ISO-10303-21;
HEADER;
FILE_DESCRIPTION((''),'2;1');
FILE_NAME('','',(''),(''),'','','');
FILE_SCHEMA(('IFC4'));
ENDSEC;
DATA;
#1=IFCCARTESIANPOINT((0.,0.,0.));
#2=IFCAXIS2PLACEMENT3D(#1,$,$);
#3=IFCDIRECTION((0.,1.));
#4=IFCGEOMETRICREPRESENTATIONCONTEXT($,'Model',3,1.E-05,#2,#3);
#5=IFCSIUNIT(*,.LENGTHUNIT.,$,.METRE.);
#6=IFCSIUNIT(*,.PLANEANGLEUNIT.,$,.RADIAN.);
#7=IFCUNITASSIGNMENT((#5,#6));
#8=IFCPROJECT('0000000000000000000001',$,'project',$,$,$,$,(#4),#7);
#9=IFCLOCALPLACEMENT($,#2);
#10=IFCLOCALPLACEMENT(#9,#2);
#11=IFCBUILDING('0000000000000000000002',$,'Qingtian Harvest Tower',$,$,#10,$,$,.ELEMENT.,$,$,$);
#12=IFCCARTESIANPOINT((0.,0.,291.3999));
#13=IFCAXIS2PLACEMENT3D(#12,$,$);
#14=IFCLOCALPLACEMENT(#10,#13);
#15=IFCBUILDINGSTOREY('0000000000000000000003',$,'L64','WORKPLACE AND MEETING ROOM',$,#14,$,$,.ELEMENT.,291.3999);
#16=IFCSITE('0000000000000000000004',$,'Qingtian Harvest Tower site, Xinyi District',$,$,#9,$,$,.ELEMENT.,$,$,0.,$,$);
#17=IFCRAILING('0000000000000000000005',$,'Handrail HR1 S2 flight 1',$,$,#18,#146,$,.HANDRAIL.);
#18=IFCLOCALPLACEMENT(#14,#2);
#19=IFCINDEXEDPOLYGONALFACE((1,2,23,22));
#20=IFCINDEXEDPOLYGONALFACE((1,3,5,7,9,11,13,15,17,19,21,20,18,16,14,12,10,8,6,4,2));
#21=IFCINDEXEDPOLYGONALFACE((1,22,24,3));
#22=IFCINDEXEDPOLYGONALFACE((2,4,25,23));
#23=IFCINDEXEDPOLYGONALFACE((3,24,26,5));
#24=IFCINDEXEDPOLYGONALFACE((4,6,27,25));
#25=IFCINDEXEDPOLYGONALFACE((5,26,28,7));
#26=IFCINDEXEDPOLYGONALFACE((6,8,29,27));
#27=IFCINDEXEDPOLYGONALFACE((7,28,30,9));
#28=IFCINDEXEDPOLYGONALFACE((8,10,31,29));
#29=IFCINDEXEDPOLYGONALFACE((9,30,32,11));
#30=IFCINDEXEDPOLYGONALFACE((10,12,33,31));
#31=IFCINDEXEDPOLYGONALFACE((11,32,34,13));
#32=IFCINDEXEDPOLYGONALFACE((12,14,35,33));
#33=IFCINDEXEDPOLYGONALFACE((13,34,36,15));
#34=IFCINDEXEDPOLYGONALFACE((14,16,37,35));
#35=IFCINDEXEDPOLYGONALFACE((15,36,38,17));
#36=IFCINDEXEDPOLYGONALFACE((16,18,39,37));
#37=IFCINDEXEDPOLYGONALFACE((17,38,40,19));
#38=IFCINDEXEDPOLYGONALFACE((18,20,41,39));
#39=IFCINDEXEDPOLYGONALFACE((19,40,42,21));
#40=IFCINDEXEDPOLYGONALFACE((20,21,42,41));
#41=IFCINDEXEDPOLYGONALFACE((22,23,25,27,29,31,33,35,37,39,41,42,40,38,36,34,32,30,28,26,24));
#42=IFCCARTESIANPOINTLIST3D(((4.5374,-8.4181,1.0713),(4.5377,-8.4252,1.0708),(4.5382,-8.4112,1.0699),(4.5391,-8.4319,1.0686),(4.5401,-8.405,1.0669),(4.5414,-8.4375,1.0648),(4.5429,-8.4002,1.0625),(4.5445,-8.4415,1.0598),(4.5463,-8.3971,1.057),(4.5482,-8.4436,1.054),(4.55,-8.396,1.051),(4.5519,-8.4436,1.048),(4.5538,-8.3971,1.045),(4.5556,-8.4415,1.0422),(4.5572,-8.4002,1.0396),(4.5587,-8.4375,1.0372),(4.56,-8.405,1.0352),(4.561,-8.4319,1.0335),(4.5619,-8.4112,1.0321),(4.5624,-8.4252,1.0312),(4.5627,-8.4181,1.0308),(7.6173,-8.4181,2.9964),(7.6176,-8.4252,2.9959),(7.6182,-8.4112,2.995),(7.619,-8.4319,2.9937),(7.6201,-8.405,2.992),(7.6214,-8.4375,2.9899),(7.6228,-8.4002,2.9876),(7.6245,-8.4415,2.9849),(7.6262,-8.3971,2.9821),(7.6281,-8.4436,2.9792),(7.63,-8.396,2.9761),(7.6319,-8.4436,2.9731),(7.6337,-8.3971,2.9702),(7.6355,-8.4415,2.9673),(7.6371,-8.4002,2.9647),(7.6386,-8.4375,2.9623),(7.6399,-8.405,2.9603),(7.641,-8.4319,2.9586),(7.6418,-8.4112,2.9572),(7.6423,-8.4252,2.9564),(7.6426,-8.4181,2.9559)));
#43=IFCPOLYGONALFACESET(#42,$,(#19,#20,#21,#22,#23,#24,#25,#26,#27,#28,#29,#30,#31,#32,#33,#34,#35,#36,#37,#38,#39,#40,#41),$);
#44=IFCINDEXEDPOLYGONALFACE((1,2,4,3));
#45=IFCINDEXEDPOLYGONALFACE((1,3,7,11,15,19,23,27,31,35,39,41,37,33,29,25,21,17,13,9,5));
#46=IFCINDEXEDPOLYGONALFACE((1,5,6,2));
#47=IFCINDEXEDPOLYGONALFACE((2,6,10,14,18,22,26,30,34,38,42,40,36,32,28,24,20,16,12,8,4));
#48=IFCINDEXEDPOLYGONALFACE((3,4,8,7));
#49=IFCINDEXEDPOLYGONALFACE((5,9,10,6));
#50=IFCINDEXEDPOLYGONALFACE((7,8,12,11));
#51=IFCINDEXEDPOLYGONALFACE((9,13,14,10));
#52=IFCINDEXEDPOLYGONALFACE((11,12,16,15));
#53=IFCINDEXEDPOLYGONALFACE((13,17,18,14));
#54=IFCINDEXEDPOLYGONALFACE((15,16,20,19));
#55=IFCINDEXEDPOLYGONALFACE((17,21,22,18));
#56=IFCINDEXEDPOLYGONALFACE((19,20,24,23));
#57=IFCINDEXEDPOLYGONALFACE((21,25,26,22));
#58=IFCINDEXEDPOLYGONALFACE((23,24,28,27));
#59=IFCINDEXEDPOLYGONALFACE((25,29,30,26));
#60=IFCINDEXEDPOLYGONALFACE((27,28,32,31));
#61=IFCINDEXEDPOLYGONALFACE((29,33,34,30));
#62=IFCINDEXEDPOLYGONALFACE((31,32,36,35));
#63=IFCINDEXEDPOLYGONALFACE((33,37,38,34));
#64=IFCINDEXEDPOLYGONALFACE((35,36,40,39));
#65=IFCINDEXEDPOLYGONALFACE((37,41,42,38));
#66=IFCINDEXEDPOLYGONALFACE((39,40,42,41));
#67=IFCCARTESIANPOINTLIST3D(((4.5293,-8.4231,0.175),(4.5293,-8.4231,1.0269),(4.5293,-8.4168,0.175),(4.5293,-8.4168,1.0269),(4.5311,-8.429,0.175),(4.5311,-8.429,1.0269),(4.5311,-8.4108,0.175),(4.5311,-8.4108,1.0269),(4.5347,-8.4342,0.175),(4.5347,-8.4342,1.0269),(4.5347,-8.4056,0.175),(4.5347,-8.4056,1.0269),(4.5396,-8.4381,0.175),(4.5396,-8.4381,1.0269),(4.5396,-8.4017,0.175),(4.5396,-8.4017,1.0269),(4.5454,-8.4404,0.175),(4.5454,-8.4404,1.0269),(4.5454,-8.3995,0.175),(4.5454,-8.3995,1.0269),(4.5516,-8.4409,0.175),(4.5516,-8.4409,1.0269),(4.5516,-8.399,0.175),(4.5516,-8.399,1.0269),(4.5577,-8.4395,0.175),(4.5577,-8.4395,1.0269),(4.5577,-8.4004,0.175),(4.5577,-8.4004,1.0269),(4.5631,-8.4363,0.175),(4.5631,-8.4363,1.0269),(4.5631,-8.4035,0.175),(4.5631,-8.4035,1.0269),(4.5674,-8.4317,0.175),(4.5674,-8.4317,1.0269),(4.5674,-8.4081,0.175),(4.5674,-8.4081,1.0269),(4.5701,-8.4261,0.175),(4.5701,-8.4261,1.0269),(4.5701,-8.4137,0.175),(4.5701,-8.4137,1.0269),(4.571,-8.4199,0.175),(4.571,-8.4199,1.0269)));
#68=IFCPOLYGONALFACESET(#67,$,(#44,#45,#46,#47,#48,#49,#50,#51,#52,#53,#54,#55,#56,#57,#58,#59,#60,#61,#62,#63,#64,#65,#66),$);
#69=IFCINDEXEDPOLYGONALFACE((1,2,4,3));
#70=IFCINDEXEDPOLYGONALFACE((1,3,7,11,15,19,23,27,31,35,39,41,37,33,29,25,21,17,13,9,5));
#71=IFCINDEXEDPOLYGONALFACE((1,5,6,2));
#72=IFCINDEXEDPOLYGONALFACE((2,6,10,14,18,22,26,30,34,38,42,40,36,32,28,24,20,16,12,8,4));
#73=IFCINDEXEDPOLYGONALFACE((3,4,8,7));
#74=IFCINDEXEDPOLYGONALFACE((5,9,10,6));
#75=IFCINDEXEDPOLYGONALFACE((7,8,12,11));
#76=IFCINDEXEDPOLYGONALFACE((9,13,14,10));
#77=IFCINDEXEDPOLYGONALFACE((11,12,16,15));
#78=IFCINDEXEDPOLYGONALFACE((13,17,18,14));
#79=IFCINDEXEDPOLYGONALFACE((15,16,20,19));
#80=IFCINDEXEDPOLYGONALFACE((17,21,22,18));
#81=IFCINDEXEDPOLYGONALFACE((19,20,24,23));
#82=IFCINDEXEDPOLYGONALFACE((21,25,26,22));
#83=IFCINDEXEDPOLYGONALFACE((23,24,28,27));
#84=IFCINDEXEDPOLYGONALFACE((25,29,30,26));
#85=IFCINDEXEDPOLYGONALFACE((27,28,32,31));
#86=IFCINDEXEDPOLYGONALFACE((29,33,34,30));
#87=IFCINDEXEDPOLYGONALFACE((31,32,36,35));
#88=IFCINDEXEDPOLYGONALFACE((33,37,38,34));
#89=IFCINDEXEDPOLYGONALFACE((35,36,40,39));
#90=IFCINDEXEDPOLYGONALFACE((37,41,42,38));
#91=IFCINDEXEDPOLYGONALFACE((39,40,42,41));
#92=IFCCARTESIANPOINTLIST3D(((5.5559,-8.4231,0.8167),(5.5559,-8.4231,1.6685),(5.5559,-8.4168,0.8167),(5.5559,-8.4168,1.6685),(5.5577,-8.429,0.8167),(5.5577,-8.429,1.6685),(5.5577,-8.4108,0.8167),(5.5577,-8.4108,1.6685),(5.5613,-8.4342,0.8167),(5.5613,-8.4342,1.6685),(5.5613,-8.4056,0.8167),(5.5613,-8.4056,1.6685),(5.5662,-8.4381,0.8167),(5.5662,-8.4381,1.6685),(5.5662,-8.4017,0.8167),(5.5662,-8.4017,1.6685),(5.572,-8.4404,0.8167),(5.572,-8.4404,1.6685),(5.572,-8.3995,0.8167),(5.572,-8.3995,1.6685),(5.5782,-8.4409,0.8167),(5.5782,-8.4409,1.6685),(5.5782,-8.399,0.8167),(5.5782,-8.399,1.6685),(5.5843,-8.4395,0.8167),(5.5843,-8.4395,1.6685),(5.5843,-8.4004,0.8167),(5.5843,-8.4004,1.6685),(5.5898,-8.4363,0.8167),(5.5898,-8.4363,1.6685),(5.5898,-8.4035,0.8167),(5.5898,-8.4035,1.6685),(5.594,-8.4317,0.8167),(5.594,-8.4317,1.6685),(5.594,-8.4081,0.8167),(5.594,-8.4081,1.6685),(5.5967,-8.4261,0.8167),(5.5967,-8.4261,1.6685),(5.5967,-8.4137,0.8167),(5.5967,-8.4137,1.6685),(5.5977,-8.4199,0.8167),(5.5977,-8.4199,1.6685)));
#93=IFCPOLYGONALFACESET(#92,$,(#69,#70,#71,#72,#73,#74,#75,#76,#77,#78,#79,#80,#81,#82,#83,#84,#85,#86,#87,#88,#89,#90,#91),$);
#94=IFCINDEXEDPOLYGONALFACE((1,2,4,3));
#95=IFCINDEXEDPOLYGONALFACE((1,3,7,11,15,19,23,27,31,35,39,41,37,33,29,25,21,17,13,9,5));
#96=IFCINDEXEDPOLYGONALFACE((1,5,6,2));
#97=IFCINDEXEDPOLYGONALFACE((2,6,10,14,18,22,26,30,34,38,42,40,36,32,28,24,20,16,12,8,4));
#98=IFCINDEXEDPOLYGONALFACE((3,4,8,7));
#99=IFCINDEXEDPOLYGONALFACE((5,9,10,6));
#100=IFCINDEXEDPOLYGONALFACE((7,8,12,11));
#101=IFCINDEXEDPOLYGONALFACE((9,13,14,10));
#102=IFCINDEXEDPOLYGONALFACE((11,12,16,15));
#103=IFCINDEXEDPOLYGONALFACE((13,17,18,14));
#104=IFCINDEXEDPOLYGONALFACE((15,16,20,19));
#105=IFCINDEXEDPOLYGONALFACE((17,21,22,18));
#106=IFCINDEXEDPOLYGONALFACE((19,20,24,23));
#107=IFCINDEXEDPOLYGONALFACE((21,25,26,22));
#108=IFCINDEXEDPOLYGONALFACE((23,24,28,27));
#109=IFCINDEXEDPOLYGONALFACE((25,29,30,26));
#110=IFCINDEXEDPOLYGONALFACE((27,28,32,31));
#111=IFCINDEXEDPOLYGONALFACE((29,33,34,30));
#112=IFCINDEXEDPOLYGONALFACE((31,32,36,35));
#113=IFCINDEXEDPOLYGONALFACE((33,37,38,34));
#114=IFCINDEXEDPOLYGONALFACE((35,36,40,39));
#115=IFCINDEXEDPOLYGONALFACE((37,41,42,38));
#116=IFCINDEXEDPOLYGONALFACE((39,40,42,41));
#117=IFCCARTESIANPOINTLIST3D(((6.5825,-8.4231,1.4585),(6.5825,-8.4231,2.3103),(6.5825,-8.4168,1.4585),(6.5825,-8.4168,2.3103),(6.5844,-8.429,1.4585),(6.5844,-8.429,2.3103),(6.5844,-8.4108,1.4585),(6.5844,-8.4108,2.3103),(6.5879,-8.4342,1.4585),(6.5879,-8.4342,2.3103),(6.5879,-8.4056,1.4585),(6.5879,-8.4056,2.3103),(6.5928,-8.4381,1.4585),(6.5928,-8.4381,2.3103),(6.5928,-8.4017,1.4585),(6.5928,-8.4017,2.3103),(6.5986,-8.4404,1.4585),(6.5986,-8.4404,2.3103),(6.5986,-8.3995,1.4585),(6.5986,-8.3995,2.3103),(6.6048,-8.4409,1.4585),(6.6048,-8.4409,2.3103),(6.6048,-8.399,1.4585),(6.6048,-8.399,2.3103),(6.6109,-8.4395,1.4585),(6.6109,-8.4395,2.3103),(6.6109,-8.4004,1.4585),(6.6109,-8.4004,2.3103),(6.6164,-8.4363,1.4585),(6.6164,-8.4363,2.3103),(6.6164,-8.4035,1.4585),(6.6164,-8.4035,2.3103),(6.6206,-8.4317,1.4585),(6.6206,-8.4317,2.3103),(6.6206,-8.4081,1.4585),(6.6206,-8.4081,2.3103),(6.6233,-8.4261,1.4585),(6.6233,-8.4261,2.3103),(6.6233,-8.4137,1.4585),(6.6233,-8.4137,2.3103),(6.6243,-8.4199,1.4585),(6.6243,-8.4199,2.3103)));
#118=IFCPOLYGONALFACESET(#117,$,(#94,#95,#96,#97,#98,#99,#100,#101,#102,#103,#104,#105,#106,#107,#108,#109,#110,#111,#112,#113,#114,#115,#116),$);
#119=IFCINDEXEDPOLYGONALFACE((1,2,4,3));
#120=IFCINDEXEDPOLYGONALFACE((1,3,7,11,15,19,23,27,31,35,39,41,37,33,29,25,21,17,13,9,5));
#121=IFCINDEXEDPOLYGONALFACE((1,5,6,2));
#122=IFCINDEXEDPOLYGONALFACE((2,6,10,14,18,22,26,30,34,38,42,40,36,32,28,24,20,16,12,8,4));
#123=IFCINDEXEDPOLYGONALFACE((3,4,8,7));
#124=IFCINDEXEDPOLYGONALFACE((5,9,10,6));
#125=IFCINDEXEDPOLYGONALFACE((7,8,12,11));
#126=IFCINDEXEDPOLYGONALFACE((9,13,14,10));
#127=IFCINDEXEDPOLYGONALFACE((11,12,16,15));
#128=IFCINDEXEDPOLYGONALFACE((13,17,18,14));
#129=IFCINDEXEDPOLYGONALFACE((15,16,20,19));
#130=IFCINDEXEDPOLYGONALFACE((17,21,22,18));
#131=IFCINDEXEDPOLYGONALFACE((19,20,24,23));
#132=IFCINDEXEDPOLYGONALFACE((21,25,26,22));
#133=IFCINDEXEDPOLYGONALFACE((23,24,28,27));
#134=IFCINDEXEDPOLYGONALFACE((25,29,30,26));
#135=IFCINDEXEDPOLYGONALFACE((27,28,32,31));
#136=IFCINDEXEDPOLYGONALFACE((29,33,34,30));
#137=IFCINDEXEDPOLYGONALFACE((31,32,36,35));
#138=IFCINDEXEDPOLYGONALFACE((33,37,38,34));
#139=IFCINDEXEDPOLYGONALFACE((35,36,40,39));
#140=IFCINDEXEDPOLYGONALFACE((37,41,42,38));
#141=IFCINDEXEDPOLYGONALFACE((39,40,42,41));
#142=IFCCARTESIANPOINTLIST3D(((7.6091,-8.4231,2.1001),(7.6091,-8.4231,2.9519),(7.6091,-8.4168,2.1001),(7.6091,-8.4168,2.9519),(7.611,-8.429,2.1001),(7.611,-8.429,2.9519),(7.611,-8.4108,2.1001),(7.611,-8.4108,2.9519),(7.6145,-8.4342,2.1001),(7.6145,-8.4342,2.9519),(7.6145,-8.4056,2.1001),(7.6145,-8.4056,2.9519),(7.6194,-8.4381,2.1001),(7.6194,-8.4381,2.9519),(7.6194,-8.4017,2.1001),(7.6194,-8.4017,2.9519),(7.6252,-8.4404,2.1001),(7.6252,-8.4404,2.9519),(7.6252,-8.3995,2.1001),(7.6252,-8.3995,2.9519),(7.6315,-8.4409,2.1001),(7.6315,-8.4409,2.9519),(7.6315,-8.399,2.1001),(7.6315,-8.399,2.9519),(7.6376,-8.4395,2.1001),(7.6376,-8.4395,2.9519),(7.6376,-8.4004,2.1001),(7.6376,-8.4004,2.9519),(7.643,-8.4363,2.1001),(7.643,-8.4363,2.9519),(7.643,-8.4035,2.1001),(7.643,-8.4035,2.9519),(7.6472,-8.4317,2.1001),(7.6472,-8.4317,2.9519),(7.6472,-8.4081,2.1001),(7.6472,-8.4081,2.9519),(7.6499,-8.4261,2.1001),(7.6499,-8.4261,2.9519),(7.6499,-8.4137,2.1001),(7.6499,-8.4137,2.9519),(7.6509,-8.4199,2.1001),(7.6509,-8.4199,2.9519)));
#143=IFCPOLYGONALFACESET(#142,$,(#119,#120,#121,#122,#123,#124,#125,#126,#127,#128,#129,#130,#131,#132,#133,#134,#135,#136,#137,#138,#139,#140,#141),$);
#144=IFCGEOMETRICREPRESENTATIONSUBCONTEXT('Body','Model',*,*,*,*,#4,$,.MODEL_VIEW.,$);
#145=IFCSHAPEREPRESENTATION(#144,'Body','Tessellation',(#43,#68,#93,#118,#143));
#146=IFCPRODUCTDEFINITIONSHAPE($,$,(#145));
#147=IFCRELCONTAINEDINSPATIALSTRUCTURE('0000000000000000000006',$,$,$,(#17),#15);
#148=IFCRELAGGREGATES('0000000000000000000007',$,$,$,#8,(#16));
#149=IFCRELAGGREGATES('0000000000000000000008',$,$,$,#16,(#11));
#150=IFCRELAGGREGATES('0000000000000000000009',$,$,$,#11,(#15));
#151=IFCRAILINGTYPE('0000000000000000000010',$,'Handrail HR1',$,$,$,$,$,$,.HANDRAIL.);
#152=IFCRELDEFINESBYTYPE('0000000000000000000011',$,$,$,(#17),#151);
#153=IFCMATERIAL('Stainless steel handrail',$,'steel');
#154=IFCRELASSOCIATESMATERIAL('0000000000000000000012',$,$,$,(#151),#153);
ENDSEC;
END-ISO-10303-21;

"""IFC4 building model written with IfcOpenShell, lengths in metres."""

from ifc_helpers import new_model, si_unit, direction, frame, origin, origin_2d, place, context, subcontext, project, spatial, circle, extrude, material, type_object, element, save


model = new_model("IFC4")

# Units and contexts
model_context = context("Model", 3, precision=1e-05, world=origin(), true_north=direction((0.0, 1.0)))
body_context = subcontext(model_context, "Body", "Model", "MODEL_VIEW")
ifc_project = project(units=[si_unit("LENGTHUNIT", "METRE"), si_unit("PLANEANGLEUNIT", "RADIAN")], contexts=[model_context])

# Site, building, storey
site_placement = place(None, origin())
site = spatial("IfcSite", under=ifc_project, at=site_placement, Name="Qingtian Harvest Tower site, Xinyi District", CompositionType="ELEMENT", RefElevation=0.0)
building_placement = place(site_placement, origin())
building = spatial("IfcBuilding", under=site, at=building_placement, Name="Qingtian Harvest Tower", CompositionType="ELEMENT")
storey_placement = place(building_placement, frame((0.0, 0.0, 291.3999)))
storey = spatial("IfcBuildingStorey", under=building, at=storey_placement, Name="L64", Description="WORKPLACE AND MEETING ROOM", CompositionType="ELEMENT", Elevation=291.3999)

# Railing
ifc_material_1 = material(Name="Stainless steel handrail", Category="steel")
railing_type = type_object("IfcRailingType", Name="Handrail HR1", PredefinedType="HANDRAIL", material=ifc_material_1)
railing_1_placement = place(storey_placement, frame((4.55, -8.4199, 0.175)))
element("IfcRailing", 1, at=railing_1_placement, inside=storey, type_object=railing_type, Name="Handrail HR1 S2 flight 1", PredefinedType="HANDRAIL", context=body_context, shape_type="SweptSolid", body=[
    extrude(circle(Radius=0.0239, at=origin_2d()), frame((0.0, 0.0, 0.876), z_axis=(0.847979, 0.0, 0.530029), x_axis=(0.0, 1.0, 0.0)), (0.0, 0.0, 1.0), 3.6321),
    extrude(circle(Radius=0.021, at=origin_2d()), origin(), (0.0, 0.0, 1.0), 0.8518),
    extrude(circle(Radius=0.021, at=origin_2d()), frame((1.0266, 0.0, 0.6416)), (0.0, 0.0, 1.0), 0.8518),
    extrude(circle(Radius=0.021, at=origin_2d()), frame((2.0532, 0.0, 1.2834)), (0.0, 0.0, 1.0), 0.8518),
    extrude(circle(Radius=0.021, at=origin_2d()), frame((3.0798, 0.0, 1.925)), (0.0, 0.0, 1.0), 0.8518),
])

save(model, "model.ifc")
